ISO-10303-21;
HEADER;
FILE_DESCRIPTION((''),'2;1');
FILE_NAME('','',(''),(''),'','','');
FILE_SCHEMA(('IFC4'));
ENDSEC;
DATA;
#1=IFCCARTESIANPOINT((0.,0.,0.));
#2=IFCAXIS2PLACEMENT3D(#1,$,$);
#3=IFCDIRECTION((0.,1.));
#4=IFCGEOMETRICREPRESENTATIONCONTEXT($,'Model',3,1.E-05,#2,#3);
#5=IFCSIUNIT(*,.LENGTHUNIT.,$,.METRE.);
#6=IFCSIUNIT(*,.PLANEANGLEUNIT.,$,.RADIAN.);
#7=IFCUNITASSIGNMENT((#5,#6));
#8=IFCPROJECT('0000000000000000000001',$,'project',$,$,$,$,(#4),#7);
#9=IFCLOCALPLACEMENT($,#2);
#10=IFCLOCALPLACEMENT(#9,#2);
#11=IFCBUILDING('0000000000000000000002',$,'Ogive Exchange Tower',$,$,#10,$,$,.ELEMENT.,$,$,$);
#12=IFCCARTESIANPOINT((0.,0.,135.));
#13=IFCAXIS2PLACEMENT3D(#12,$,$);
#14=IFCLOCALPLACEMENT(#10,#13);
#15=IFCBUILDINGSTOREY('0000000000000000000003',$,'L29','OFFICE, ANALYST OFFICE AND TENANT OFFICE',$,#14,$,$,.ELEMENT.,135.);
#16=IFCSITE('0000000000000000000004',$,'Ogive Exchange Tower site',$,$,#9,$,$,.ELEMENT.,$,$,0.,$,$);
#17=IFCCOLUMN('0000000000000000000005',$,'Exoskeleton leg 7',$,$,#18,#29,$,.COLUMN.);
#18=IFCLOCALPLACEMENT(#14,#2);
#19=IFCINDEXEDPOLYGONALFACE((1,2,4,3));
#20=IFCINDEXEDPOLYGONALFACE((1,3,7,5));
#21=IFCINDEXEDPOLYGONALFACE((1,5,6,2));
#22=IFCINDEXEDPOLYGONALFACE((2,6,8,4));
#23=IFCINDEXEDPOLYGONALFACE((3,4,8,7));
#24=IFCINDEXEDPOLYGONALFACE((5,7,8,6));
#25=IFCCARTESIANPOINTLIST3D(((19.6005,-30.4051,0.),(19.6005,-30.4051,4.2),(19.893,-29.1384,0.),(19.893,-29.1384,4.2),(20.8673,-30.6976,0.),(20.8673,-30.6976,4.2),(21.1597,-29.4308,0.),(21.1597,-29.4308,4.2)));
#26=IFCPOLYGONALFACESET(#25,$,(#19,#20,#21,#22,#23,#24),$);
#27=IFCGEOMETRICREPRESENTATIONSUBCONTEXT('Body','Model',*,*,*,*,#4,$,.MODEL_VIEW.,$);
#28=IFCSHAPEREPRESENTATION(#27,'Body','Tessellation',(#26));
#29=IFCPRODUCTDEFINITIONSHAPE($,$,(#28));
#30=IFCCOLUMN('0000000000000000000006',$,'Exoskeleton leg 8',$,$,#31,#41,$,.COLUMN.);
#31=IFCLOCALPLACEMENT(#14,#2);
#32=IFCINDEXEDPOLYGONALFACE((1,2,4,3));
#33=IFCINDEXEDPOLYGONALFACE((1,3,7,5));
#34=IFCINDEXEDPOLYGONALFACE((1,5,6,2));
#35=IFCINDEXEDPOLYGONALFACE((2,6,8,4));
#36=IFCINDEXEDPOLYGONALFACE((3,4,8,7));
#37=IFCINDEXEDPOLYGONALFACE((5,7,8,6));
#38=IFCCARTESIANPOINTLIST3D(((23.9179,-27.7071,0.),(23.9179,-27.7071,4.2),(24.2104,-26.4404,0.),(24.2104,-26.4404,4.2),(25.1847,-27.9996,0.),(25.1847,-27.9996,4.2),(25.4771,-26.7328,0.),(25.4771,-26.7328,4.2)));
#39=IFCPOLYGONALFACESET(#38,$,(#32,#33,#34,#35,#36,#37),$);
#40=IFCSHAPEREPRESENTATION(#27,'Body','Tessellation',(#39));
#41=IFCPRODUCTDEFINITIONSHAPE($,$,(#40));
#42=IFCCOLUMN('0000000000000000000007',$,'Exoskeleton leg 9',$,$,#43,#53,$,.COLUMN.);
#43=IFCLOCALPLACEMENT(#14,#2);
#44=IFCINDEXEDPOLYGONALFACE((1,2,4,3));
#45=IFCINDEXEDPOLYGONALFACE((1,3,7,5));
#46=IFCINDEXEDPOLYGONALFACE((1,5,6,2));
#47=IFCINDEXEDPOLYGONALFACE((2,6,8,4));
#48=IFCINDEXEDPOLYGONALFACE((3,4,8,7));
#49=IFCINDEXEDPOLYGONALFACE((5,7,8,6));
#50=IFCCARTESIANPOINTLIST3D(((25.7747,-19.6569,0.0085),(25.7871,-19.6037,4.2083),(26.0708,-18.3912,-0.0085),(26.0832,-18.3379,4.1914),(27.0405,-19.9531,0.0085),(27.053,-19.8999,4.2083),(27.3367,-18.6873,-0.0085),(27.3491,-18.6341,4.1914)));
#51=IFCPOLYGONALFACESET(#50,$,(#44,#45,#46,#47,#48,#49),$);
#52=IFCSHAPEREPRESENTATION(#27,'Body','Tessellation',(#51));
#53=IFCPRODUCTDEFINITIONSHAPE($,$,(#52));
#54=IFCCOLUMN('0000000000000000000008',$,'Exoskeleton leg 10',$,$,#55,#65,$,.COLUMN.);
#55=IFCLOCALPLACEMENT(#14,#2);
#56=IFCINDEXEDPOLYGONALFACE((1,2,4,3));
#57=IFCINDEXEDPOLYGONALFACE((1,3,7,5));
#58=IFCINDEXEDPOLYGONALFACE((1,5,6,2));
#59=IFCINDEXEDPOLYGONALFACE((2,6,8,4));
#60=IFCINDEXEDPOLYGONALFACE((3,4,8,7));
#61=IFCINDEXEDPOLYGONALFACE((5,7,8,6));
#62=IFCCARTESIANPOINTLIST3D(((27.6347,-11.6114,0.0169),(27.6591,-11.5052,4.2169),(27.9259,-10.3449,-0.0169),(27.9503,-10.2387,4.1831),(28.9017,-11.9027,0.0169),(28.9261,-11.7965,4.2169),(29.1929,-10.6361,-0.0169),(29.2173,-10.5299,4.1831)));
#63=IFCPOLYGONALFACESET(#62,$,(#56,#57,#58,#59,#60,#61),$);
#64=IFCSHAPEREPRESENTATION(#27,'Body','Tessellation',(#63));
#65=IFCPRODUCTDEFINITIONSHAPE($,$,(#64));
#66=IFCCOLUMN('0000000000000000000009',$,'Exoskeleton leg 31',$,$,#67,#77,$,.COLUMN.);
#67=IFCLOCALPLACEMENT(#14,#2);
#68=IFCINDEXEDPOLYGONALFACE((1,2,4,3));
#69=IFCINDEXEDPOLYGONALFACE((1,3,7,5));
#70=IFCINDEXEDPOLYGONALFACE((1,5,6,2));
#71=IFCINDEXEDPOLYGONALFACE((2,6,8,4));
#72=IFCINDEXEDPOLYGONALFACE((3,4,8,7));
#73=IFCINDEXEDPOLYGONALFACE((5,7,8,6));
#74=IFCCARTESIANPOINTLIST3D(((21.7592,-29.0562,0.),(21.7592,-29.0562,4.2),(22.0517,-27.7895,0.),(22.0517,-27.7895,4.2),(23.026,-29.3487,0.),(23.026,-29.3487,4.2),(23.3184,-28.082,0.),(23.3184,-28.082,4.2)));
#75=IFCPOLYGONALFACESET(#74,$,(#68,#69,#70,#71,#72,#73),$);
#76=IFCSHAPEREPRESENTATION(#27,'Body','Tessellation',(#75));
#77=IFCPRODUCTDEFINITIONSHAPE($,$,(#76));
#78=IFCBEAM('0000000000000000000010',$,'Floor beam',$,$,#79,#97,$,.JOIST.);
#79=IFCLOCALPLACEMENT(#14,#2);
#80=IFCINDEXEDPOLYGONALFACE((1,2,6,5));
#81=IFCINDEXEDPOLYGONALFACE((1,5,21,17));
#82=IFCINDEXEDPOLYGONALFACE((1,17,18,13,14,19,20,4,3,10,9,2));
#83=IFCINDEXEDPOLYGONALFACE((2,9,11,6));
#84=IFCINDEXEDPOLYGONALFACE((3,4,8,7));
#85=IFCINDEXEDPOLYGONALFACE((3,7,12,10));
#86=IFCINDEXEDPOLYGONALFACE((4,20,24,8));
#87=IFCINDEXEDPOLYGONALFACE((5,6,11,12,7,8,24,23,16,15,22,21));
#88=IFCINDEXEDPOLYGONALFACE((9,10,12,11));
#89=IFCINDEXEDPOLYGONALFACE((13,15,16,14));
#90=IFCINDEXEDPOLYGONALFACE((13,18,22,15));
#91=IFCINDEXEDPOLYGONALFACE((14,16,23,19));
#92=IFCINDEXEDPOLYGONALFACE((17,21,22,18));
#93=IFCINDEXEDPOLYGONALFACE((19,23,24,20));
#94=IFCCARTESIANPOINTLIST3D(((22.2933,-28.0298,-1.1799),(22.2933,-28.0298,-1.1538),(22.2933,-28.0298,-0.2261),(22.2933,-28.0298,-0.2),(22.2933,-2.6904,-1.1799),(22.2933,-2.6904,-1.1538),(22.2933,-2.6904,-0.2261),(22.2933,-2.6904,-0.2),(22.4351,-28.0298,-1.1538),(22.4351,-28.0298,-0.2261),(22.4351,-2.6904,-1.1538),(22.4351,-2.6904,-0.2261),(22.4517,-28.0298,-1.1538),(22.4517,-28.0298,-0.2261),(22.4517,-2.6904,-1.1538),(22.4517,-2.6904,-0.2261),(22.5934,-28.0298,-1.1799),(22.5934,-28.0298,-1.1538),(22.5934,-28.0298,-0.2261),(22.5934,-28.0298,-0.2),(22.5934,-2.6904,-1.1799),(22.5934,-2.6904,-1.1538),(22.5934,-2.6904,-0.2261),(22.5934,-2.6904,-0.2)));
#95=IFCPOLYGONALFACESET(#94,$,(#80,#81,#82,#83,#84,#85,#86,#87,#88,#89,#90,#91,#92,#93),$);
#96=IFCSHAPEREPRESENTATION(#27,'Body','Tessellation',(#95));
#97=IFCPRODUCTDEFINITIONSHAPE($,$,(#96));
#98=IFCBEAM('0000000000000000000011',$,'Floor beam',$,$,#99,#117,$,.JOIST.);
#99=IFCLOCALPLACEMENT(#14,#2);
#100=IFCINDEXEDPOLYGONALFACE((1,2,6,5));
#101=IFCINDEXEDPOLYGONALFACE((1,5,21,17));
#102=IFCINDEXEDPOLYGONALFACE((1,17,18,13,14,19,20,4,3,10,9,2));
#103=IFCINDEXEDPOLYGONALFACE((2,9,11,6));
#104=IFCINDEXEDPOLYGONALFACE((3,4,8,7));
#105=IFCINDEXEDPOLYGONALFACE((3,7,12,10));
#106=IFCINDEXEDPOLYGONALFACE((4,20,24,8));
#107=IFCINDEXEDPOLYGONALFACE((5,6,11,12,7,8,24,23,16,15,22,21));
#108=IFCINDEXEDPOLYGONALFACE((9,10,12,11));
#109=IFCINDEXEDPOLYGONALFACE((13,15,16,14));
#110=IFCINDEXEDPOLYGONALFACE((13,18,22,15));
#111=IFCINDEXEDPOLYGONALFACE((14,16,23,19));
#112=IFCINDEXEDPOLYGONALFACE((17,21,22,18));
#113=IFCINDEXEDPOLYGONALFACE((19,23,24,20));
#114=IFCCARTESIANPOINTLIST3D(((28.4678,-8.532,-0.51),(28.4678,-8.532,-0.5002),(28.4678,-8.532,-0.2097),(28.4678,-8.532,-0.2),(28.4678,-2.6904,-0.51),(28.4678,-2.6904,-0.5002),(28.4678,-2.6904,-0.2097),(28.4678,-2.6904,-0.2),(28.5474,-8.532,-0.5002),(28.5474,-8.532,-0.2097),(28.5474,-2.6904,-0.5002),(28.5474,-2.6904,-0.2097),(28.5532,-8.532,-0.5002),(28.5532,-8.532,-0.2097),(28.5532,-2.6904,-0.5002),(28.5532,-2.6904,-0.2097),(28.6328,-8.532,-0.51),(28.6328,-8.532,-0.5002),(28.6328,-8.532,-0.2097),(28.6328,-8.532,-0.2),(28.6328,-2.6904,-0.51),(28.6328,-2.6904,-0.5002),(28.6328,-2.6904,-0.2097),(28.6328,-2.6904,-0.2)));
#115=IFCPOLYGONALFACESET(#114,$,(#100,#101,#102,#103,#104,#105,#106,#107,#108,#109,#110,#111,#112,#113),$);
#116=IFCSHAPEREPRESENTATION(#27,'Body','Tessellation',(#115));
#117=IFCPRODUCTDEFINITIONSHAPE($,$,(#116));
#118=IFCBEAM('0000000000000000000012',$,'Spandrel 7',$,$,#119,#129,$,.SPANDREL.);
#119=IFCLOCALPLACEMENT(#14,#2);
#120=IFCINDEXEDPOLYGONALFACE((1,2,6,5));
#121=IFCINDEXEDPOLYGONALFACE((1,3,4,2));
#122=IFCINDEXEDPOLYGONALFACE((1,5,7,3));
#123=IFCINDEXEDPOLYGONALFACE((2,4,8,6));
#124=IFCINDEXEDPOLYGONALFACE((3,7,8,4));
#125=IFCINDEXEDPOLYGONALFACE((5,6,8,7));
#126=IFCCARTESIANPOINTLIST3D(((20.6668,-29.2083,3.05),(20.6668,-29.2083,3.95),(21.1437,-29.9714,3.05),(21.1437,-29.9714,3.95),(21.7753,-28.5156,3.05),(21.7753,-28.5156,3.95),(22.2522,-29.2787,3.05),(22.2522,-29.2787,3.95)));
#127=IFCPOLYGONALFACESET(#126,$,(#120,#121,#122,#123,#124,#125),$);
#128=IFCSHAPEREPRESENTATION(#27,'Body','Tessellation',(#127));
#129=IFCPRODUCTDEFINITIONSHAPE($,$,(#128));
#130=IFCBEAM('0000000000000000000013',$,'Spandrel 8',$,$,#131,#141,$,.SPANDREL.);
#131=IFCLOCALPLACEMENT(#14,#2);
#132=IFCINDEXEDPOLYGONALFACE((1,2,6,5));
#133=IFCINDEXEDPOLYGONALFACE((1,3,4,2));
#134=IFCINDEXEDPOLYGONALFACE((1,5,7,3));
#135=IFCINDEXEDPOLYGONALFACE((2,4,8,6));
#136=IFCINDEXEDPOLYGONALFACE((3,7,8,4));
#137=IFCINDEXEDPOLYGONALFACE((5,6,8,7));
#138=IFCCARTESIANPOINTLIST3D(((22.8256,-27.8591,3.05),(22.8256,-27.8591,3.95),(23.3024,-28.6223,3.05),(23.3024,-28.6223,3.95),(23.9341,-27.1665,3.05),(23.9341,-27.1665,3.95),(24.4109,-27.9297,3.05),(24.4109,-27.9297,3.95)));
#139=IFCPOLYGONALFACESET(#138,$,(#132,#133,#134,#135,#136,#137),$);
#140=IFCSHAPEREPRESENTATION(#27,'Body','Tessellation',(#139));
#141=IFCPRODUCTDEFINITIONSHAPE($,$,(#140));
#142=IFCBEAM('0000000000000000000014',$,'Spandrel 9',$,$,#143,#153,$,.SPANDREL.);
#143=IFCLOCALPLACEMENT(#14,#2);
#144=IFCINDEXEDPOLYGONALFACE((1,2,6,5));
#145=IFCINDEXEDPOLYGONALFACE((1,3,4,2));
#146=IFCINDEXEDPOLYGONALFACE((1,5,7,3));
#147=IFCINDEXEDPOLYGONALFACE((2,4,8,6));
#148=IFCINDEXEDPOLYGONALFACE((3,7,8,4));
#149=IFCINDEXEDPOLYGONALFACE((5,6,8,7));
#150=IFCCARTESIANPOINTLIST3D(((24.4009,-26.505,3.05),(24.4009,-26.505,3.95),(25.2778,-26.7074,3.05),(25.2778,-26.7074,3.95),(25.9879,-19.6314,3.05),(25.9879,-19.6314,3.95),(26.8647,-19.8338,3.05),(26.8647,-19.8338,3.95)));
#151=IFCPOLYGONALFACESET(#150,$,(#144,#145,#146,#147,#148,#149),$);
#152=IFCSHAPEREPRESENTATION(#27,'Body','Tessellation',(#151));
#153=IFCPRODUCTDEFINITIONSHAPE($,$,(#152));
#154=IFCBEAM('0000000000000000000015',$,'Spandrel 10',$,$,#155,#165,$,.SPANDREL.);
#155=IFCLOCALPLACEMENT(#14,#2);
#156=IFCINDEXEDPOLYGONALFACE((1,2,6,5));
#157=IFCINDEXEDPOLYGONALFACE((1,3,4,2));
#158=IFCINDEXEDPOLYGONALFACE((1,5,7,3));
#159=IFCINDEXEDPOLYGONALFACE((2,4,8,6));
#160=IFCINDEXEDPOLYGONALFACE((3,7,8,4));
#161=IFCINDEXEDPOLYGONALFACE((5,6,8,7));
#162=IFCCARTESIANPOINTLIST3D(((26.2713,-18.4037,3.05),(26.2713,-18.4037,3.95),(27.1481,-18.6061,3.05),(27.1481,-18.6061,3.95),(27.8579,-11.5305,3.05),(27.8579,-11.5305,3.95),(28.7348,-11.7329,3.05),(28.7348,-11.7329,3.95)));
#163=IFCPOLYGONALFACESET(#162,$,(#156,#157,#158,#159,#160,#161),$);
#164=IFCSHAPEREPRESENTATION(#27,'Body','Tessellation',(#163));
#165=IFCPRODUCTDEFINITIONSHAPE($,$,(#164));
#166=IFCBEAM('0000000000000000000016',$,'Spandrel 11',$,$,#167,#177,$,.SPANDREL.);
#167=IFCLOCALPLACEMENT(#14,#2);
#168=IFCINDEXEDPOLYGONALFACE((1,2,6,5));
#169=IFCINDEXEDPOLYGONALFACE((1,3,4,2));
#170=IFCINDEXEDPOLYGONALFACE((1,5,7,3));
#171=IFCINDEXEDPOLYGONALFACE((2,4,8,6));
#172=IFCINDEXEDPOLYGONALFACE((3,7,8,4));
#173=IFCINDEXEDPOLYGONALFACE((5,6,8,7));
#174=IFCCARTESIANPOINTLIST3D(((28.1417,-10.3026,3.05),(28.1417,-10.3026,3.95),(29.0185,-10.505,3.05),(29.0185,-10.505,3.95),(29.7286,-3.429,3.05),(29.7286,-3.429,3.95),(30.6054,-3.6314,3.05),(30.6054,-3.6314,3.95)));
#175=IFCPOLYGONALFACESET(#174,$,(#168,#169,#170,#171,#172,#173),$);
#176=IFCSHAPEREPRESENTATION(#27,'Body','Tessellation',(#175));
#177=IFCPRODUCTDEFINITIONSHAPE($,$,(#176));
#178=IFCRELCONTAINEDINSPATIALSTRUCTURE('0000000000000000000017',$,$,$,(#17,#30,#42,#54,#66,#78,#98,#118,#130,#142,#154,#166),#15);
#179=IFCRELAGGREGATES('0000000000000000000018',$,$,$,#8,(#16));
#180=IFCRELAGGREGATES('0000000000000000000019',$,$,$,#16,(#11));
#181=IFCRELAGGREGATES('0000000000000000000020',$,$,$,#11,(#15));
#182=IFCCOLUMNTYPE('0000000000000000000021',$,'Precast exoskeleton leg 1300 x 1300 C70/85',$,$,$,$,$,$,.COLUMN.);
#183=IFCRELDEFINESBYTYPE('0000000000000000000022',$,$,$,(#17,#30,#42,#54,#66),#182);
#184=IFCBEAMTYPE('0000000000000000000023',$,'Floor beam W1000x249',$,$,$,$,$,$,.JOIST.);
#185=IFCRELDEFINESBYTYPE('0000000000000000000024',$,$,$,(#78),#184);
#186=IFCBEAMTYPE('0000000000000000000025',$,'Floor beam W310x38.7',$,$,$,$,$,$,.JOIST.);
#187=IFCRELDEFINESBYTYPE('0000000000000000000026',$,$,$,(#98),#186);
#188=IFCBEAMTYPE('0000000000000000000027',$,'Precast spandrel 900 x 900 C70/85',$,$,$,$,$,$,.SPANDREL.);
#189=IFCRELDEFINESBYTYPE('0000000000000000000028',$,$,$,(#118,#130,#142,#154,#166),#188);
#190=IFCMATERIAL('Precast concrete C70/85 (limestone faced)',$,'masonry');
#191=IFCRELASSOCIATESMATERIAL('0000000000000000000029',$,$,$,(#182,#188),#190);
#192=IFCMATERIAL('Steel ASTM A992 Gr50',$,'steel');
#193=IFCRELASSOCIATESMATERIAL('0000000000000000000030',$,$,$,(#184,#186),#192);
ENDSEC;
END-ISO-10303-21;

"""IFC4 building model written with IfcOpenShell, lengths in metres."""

from ifc_helpers import new_model, si_unit, direction, frame, origin, origin_2d, place, context, subcontext, project, spatial, rectangle, i_section, extrude, material, material_profile, profile_set, type_object, element, save


model = new_model("IFC4")

# Units and contexts
model_context = context("Model", 3, precision=1e-05, world=origin(), true_north=direction((0.0, 1.0)))
body_context = subcontext(model_context, "Body", "Model", "MODEL_VIEW")
ifc_project = project(units=[si_unit("LENGTHUNIT", "METRE"), si_unit("PLANEANGLEUNIT", "RADIAN")], contexts=[model_context])

# Site, building, storey
site_placement = place(None, origin())
site = spatial("IfcSite", under=ifc_project, at=site_placement, Name="Ogive Exchange Tower site", CompositionType="ELEMENT", RefElevation=0.0)
building_placement = place(site_placement, origin())
building = spatial("IfcBuilding", under=site, at=building_placement, Name="Ogive Exchange Tower", CompositionType="ELEMENT")
storey_placement = place(building_placement, frame((0.0, 0.0, 135.0)))
storey = spatial("IfcBuildingStorey", under=building, at=storey_placement, Name="L29", Description="OFFICE, ANALYST OFFICE AND TENANT OFFICE", CompositionType="ELEMENT", Elevation=135.0)

# Columns
ifc_material_1 = material(Name="Precast concrete C70/85 (limestone faced)", Category="masonry")
ifc_material_profile_1 = material_profile(ifc_material_1, rectangle(XDim=1.3, YDim=1.3, at=origin_2d()), Name="1300 x 1300")
ifc_profile_set_1 = profile_set([ifc_material_profile_1], Name="Precast concrete C70/85 (limestone faced)")
column_type = type_object("IfcColumnType", Name="Precast exoskeleton leg 1300 x 1300 C70/85", PredefinedType="COLUMN", material=ifc_profile_set_1)
for number, where, z_axis, x_axis, name in (
    (1, (20.3801, -29.918, 0.0), (0.0, 0.0, 1.0), (0.97437, -0.224951, 0.0), "Exoskeleton leg 7"),
    (2, (24.6975, -27.22, 0.0), (0.0, 0.0, 1.0), (0.97437, -0.224951, 0.0), "Exoskeleton leg 8"),
):
    element("IfcColumn", number, at=place(storey_placement, frame(where, z_axis=z_axis, x_axis=x_axis)), inside=storey, type_object=column_type, Name=name, PredefinedType="COLUMN", context=body_context, shape_type="SweptSolid", body=[
        extrude(rectangle(XDim=1.3, YDim=1.3, at=origin_2d()), origin(), (0.0, 0.0, 1.0), 4.2),
    ])
column_1_placement = place(storey_placement, frame((26.5557, -19.1721, 0.0), z_axis=(0.002964, 0.012671, 0.999915), x_axis=(-0.973709, 0.227794, 0.0)))
element("IfcColumn", 3, at=column_1_placement, inside=storey, type_object=column_type, Name="Exoskeleton leg 9", PredefinedType="COLUMN", context=body_context, shape_type="SweptSolid", body=[
    extrude(rectangle(XDim=1.3, YDim=1.3, at=origin_2d()), origin(), (0.0, 0.0, 1.0), 4.2002),
])
column_2_placement = place(storey_placement, frame((28.4138, -11.1238, 0.0), z_axis=(0.005811, 0.025278, 0.999664), x_axis=(-0.97458, 0.224041, 0.0)))
element("IfcColumn", 4, at=column_2_placement, inside=storey, type_object=column_type, Name="Exoskeleton leg 10", PredefinedType="COLUMN", context=body_context, shape_type="SweptSolid", body=[
    extrude(rectangle(XDim=1.3, YDim=1.3, at=origin_2d()), origin(), (0.0, 0.0, 1.0), 4.2014),
])
column_3_placement = place(storey_placement, frame((22.5388, -28.5691, 0.0), z_axis=(0.0, 0.0, 1.0), x_axis=(0.97437, -0.224951, 0.0)))
element("IfcColumn", 5, at=column_3_placement, inside=storey, type_object=column_type, Name="Exoskeleton leg 31", PredefinedType="COLUMN", context=body_context, shape_type="SweptSolid", body=[
    extrude(rectangle(XDim=1.3, YDim=1.3, at=origin_2d()), origin(), (0.0, 0.0, 1.0), 4.2),
])

# Beams
ifc_material_2 = material(Name="Steel ASTM A992 Gr50", Category="steel")
ifc_material_profile_2 = material_profile(ifc_material_2, i_section(OverallWidth=0.3, OverallDepth=0.98, WebThickness=0.0166, FlangeThickness=0.0261, at=origin_2d()), Name="W1000x249")
ifc_profile_set_2 = profile_set([ifc_material_profile_2], Name="Steel ASTM A992 Gr50")
beam_type_1 = type_object("IfcBeamType", Name="Floor beam W1000x249", PredefinedType="JOIST", material=ifc_profile_set_2)
beam_1_placement = place(storey_placement, frame((22.4434, -28.0298, -0.6899), z_axis=(0.0, 1.0, 0.0), x_axis=(-1.0, 0.0, 0.0)))
element("IfcBeam", 6, at=beam_1_placement, inside=storey, type_object=beam_type_1, Name="Floor beam", PredefinedType="JOIST", context=body_context, shape_type="SweptSolid", body=[
    extrude(i_section(OverallWidth=0.3, OverallDepth=0.98, WebThickness=0.0166, FlangeThickness=0.0261, at=origin_2d()), origin(), (0.0, 0.0, 1.0), 25.3394),
])
ifc_material_profile_3 = material_profile(ifc_material_2, i_section(OverallWidth=0.165, OverallDepth=0.3101, WebThickness=0.0059, FlangeThickness=0.0098, at=origin_2d()), Name="W310x38.7")
ifc_profile_set_3 = profile_set([ifc_material_profile_3], Name="Steel ASTM A992 Gr50")
beam_type_2 = type_object("IfcBeamType", Name="Floor beam W310x38.7", PredefinedType="JOIST", material=ifc_profile_set_3)
beam_2_placement = place(storey_placement, frame((28.5503, -8.532, -0.355), z_axis=(0.0, 1.0, 0.0), x_axis=(-1.0, 0.0, 0.0)))
element("IfcBeam", 7, at=beam_2_placement, inside=storey, type_object=beam_type_2, Name="Floor beam", PredefinedType="JOIST", context=body_context, shape_type="SweptSolid", body=[
    extrude(i_section(OverallWidth=0.165, OverallDepth=0.3101, WebThickness=0.0059, FlangeThickness=0.0098, at=origin_2d()), origin(), (0.0, 0.0, 1.0), 5.8416),
])
ifc_material_profile_4 = material_profile(ifc_material_1, rectangle(XDim=0.8999, YDim=0.8999, at=origin_2d()), Name="900 x 900")
ifc_profile_set_4 = profile_set([ifc_material_profile_4], Name="Precast concrete C70/85 (limestone faced)")
beam_type_3 = type_object("IfcBeamType", Name="Precast spandrel 900 x 900 C70/85", PredefinedType="SPANDREL", material=ifc_profile_set_4)
for number, where, z_axis, x_axis, name in (
    (8, (20.9053, -29.5898, 3.5), (0.84804, 0.529932, 0.0), (-0.529932, 0.84804, 0.0), "Spandrel 7"),
    (9, (23.064, -28.2407, 3.5), (0.848093, 0.529848, 0.0), (-0.529848, 0.848093, 0.0), "Spandrel 8"),
):
    element("IfcBeam", number, at=place(storey_placement, frame(where, z_axis=z_axis, x_axis=x_axis)), inside=storey, type_object=beam_type_3, Name=name, PredefinedType="SPANDREL", context=body_context, shape_type="SweptSolid", body=[
        extrude(rectangle(XDim=0.8999, YDim=0.8999, at=origin_2d()), origin(), (0.0, 0.0, 1.0), 1.3071),
    ])
beam_3_placement = place(storey_placement, frame((24.8394, -26.6062, 3.5), z_axis=(0.224956, 0.974369, 0.0), x_axis=(-0.974369, 0.224956, 0.0)))
element("IfcBeam", 10, at=beam_3_placement, inside=storey, type_object=beam_type_3, Name="Spandrel 9", PredefinedType="SPANDREL", context=body_context, shape_type="SweptSolid", body=[
    extrude(rectangle(XDim=0.8999, YDim=0.8999, at=origin_2d()), origin(), (0.0, 0.0, 1.0), 7.0544),
])
beam_4_placement = place(storey_placement, frame((26.7097, -18.5049, 3.5), z_axis=(0.22493, 0.974375, 0.0), x_axis=(-0.974375, 0.22493, 0.0)))
element("IfcBeam", 11, at=beam_4_placement, inside=storey, type_object=beam_type_3, Name="Spandrel 10", PredefinedType="SPANDREL", context=body_context, shape_type="SweptSolid", body=[
    extrude(rectangle(XDim=0.8999, YDim=0.8999, at=origin_2d()), origin(), (0.0, 0.0, 1.0), 7.054),
])
beam_5_placement = place(storey_placement, frame((28.5801, -10.4038, 3.5), z_axis=(0.224956, 0.974369, 0.0), x_axis=(-0.974369, 0.224956, 0.0)))
element("IfcBeam", 12, at=beam_5_placement, inside=storey, type_object=beam_type_3, Name="Spandrel 11", PredefinedType="SPANDREL", context=body_context, shape_type="SweptSolid", body=[
    extrude(rectangle(XDim=0.8999, YDim=0.8999, at=origin_2d()), origin(), (0.0, 0.0, 1.0), 7.0544),
])

save(model, "model.ifc")
